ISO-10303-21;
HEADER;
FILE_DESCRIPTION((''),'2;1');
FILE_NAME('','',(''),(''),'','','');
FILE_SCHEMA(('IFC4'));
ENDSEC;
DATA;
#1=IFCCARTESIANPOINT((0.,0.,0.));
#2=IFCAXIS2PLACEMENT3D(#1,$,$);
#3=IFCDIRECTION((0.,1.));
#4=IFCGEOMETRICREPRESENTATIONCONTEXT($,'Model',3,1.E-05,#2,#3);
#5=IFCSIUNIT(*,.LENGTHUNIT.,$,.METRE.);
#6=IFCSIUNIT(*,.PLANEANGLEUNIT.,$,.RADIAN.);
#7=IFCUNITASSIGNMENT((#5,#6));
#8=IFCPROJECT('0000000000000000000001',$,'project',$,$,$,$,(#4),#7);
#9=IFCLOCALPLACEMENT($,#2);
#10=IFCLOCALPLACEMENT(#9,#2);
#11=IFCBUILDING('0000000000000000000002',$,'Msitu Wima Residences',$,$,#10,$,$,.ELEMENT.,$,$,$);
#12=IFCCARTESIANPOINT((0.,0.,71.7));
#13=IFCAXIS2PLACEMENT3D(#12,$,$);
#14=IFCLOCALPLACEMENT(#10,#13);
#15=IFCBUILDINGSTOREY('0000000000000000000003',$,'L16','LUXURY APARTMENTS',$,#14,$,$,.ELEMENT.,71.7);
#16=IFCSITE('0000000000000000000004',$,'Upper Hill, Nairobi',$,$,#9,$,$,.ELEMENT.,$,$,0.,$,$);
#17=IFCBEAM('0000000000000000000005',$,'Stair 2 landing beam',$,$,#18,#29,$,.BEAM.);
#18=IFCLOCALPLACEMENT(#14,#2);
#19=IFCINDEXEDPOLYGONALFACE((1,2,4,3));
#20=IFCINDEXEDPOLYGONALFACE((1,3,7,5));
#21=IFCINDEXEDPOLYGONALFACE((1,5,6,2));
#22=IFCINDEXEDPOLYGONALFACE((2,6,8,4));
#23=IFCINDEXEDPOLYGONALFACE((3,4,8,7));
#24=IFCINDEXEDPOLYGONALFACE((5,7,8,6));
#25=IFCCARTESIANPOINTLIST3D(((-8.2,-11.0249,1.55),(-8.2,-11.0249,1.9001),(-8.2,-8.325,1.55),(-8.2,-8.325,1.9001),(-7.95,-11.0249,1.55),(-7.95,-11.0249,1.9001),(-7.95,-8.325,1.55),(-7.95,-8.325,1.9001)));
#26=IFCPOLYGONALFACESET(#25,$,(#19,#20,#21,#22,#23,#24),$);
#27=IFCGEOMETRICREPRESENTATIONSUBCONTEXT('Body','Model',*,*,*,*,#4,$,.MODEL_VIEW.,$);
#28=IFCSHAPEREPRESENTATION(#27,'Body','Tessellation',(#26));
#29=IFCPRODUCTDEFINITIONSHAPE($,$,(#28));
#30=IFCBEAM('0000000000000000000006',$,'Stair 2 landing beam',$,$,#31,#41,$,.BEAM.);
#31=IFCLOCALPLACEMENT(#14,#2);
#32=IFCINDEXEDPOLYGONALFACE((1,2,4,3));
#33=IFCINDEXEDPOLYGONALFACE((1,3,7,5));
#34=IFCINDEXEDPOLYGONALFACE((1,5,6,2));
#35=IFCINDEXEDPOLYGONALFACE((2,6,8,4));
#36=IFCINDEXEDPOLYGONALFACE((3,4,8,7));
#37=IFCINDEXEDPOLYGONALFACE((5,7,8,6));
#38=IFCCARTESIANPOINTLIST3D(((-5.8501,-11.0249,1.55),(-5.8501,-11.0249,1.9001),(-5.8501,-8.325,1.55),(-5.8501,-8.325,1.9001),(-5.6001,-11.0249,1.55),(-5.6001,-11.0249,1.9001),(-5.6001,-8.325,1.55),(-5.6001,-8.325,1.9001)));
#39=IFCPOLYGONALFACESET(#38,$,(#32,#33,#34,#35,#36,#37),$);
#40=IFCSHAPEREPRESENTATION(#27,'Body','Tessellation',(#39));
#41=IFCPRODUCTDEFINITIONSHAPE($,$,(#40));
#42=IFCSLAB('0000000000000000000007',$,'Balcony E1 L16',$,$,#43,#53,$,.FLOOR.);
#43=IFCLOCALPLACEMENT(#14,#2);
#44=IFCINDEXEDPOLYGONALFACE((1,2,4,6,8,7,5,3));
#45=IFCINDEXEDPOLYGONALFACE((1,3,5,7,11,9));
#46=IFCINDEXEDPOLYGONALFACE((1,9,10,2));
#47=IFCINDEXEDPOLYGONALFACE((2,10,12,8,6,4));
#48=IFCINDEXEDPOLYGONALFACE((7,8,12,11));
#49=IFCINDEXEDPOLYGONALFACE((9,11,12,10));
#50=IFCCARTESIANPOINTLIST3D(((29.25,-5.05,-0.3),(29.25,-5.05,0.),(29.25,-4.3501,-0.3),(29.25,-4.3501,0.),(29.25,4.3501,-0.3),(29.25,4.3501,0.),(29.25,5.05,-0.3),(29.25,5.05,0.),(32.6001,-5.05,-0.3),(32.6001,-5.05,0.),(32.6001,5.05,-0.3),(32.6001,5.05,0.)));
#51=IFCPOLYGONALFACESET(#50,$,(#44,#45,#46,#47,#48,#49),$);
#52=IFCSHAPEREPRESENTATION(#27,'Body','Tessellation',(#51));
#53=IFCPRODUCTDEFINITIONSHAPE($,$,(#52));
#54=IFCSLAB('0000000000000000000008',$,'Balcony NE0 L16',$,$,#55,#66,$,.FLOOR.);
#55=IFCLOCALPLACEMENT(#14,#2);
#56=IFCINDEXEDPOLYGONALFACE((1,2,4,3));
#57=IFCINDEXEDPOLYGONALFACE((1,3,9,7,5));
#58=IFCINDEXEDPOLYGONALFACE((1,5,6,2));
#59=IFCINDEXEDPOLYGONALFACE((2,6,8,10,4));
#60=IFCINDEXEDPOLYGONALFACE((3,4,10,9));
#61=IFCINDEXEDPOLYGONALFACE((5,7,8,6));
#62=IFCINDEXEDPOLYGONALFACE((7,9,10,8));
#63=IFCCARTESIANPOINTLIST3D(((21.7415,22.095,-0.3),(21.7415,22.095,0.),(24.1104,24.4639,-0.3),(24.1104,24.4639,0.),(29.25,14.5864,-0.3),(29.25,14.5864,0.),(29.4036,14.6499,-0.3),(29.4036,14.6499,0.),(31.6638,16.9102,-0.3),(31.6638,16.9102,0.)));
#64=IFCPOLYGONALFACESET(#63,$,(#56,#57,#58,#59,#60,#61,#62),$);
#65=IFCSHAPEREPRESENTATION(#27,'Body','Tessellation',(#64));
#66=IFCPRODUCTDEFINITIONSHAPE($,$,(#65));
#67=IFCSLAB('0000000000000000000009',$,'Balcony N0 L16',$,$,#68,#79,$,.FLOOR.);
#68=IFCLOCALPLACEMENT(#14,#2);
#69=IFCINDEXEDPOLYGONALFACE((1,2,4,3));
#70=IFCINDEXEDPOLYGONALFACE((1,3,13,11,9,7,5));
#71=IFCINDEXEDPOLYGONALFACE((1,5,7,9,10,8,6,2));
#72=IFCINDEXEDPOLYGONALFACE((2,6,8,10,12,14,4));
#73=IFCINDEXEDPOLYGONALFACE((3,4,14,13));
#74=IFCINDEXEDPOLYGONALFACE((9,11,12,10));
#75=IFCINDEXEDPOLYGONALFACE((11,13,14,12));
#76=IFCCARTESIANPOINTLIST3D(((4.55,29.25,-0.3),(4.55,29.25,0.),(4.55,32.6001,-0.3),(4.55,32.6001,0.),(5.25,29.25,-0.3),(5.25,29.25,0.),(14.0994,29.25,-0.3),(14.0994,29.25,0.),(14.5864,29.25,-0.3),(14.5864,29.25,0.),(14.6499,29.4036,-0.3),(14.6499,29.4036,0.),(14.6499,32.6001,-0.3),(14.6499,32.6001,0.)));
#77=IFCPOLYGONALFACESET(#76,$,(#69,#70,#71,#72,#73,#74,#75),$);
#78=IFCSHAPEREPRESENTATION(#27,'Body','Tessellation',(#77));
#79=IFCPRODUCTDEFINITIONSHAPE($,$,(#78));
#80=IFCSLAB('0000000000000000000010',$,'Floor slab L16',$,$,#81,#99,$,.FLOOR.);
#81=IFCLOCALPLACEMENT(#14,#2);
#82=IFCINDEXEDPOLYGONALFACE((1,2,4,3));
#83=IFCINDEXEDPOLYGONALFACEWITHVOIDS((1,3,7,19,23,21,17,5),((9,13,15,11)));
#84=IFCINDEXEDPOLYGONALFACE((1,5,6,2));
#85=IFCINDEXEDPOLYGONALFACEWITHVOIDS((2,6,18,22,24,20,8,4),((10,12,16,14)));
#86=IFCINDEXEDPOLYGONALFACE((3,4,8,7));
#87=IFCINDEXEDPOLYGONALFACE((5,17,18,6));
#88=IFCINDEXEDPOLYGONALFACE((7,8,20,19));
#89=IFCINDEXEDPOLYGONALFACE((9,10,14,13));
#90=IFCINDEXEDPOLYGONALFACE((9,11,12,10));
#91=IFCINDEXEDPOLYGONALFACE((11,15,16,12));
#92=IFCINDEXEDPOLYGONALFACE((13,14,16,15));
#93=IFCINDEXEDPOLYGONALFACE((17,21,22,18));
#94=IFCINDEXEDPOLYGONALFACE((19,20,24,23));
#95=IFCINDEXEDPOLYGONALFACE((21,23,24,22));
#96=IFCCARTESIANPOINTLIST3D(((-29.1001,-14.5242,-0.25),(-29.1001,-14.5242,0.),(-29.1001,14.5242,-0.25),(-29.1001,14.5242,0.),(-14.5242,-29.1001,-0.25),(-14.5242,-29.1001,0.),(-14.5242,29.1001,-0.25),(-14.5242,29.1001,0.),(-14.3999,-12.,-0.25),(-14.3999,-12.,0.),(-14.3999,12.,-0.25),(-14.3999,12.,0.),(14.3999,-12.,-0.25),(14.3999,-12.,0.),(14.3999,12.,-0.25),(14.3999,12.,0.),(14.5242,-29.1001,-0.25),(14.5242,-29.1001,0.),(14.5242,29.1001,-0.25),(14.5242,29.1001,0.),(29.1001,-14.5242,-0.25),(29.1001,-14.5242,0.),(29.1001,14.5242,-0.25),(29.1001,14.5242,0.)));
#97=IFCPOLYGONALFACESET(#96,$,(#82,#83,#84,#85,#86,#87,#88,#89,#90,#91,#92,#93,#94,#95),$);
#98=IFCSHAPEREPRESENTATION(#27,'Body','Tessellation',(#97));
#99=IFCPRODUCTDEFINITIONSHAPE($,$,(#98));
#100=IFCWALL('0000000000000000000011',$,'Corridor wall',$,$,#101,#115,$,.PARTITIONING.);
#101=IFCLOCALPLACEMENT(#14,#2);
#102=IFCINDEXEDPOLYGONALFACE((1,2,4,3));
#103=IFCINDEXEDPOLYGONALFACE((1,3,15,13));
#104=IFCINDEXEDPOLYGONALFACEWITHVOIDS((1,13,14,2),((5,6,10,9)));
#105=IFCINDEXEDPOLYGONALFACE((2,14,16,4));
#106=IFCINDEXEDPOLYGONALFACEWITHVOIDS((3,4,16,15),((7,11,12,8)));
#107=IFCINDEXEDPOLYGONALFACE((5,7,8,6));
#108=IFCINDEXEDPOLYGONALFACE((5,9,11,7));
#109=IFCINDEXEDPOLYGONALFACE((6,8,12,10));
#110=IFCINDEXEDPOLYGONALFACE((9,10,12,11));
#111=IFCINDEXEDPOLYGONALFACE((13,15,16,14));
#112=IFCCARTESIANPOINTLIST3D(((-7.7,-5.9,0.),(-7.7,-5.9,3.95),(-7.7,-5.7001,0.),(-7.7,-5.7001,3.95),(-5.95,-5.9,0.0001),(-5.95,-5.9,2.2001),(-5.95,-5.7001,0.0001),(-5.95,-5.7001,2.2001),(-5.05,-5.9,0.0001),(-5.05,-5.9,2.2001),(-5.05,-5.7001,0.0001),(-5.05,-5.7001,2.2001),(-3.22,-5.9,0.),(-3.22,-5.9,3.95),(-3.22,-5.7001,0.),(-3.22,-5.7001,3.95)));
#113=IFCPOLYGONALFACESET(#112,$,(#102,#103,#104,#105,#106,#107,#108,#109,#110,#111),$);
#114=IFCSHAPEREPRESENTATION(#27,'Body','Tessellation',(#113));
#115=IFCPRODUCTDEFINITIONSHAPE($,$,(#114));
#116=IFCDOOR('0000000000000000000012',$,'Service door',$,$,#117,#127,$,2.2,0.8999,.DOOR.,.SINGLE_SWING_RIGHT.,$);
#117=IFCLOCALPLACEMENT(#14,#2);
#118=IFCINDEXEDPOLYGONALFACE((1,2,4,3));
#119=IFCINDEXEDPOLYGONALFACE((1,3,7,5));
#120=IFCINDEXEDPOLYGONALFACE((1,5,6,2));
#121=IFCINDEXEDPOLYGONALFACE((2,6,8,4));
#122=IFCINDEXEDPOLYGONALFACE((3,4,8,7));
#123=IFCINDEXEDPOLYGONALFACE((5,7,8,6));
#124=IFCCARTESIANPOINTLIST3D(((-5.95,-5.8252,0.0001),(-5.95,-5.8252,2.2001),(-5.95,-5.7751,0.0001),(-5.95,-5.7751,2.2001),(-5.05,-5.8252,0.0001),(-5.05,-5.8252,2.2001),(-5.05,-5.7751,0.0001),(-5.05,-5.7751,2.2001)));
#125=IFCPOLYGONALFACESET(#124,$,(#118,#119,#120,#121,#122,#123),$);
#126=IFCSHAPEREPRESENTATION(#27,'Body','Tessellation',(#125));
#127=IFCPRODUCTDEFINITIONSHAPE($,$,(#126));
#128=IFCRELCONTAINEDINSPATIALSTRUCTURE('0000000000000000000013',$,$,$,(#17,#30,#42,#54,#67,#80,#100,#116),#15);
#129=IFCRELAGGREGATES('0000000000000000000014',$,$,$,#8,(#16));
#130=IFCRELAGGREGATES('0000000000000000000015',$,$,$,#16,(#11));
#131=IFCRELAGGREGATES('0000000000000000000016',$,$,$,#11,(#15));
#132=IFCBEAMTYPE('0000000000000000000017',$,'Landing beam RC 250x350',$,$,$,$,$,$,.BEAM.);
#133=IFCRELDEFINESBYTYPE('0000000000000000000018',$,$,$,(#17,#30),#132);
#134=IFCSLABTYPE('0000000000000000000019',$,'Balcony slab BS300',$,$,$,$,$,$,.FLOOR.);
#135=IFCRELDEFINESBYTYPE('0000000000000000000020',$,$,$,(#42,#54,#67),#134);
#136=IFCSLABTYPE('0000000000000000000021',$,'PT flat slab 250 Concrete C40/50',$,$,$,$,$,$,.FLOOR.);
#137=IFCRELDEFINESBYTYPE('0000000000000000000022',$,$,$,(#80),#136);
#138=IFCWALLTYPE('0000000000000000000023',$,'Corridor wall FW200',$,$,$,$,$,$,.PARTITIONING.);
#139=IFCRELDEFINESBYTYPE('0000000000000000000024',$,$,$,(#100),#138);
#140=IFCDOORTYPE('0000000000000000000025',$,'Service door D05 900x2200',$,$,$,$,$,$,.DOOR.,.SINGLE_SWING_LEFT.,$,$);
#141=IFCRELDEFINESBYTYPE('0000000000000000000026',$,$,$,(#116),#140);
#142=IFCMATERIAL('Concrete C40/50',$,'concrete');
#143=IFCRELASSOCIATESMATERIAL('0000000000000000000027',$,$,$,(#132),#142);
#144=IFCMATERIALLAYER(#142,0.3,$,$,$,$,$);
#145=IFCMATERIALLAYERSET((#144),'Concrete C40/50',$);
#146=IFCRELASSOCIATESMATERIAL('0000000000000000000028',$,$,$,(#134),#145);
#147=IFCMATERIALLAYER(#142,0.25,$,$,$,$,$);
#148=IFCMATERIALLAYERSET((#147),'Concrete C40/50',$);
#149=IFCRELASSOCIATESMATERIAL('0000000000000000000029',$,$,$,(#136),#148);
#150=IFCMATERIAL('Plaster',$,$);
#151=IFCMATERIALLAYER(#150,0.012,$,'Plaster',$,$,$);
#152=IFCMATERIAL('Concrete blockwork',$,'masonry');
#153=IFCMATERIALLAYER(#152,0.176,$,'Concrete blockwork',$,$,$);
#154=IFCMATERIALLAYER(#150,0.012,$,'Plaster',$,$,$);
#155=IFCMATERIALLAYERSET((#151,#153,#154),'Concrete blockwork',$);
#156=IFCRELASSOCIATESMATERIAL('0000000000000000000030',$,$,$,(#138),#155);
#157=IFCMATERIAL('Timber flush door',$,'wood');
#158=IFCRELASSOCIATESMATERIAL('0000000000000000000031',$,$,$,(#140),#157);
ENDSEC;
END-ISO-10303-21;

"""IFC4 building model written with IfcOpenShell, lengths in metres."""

from ifc_helpers import new_model, si_unit, direction, frame, frame_2d, origin, origin_2d, place, context, subcontext, project, spatial, polyline, rectangle, outline, extrude, material, layer, layer_set, material_profile, profile_set, type_object, element, fill, save


model = new_model("IFC4")

# Units and contexts
model_context = context("Model", 3, precision=1e-05, world=origin(), true_north=direction((0.0, 1.0)))
body_context = subcontext(model_context, "Body", "Model", "MODEL_VIEW")
ifc_project = project(units=[si_unit("LENGTHUNIT", "METRE"), si_unit("PLANEANGLEUNIT", "RADIAN")], contexts=[model_context])

# Site, building, storey
site_placement = place(None, origin())
site = spatial("IfcSite", under=ifc_project, at=site_placement, Name="Upper Hill, Nairobi", CompositionType="ELEMENT", RefElevation=0.0)
building_placement = place(site_placement, origin())
building = spatial("IfcBuilding", under=site, at=building_placement, Name="Msitu Wima Residences", CompositionType="ELEMENT")
storey_placement = place(building_placement, frame((0.0, 0.0, 71.7)))
storey = spatial("IfcBuildingStorey", under=building, at=storey_placement, Name="L16", Description="LUXURY APARTMENTS", CompositionType="ELEMENT", Elevation=71.7)

# Beams
ifc_material_1 = material(Name="Concrete C40/50", Category="concrete")
ifc_material_profile = material_profile(ifc_material_1, rectangle(XDim=0.25, YDim=0.3501, at=origin_2d()), Name="RC 250x350")
ifc_profile_set = profile_set([ifc_material_profile], Name="Concrete C40/50")
beam_type = type_object("IfcBeamType", Name="Landing beam RC 250x350", PredefinedType="BEAM", material=ifc_profile_set)
for number, where, z_axis, x_axis, name in (
    (1, (-8.075, -11.0249, 1.7251), (0.0, 1.0, 0.0), (-1.0, 0.0, 0.0), "Stair 2 landing beam"),
    (2, (-5.7251, -11.0249, 1.7251), (0.0, 1.0, 0.0), (-1.0, 0.0, 0.0), "Stair 2 landing beam"),
):
    element("IfcBeam", number, at=place(storey_placement, frame(where, z_axis=z_axis, x_axis=x_axis)), inside=storey, type_object=beam_type, Name=name, PredefinedType="BEAM", context=body_context, shape_type="SweptSolid", body=[
        extrude(rectangle(XDim=0.25, YDim=0.3501, at=origin_2d()), origin(), (0.0, 0.0, 1.0), 2.7),
    ])

# Slabs
ifc_layer_1 = layer(ifc_material_1, 0.3)
ifc_layer_set_1 = layer_set([ifc_layer_1], Name="Concrete C40/50")
slab_type_1 = type_object("IfcSlabType", Name="Balcony slab BS300", PredefinedType="FLOOR", material=ifc_layer_set_1)
slab_1_placement = place(storey_placement, frame((0.0, 0.0, -0.3)))
element("IfcSlab", 3, at=slab_1_placement, inside=storey, type_object=slab_type_1, Name="Balcony E1 L16", PredefinedType="FLOOR", context=body_context, shape_type="SweptSolid", body=[
    extrude(outline(polyline([(29.25, -4.3501), (29.25, 4.3501), (29.25, 5.05), (32.6001, 5.05), (32.6001, -5.05), (29.25, -5.05), (29.25, -4.3501)])), origin(), (0.0, 0.0, 1.0), 0.3),
])
slab_2_placement = place(storey_placement, frame((0.0, 0.0, -0.3)))
element("IfcSlab", 4, at=slab_2_placement, inside=storey, type_object=slab_type_1, Name="Balcony NE0 L16", PredefinedType="FLOOR", context=body_context, shape_type="SweptSolid", body=[
    extrude(outline(polyline([(24.1104, 24.4639), (31.6638, 16.9102), (29.4036, 14.6499), (29.25, 14.5864), (21.7415, 22.095), (24.1104, 24.4639)])), origin(), (0.0, 0.0, 1.0), 0.3),
])
slab_3_placement = place(storey_placement, frame((0.0, 0.0, -0.3)))
element("IfcSlab", 5, at=slab_3_placement, inside=storey, type_object=slab_type_1, Name="Balcony N0 L16", PredefinedType="FLOOR", context=body_context, shape_type="SweptSolid", body=[
    extrude(outline(polyline([(14.0994, 29.25), (14.0994, 29.25), (5.25, 29.25), (4.55, 29.25), (4.55, 32.6001), (14.6499, 32.6001), (14.6499, 29.4036), (14.5864, 29.25), (14.0994, 29.25), (14.0994, 29.25)])), origin(), (0.0, 0.0, 1.0), 0.3),
])
ifc_layer_2 = layer(ifc_material_1, 0.25)
ifc_layer_set_2 = layer_set([ifc_layer_2], Name="Concrete C40/50")
slab_type_2 = type_object("IfcSlabType", Name="PT flat slab 250 Concrete C40/50", PredefinedType="FLOOR", material=ifc_layer_set_2)
slab_4_placement = place(storey_placement, frame((0.0, 0.0, -0.25)))
element("IfcSlab", 6, at=slab_4_placement, inside=storey, type_object=slab_type_2, Name="Floor slab L16", PredefinedType="FLOOR", context=body_context, shape_type="SweptSolid", body=[
    extrude(outline(polyline([(29.1001, -14.5242), (14.5242, -29.1001), (-14.5242, -29.1001), (-29.1001, -14.5242), (-29.1001, 14.5242), (-14.5242, 29.1001), (14.5242, 29.1001), (29.1001, 14.5242), (29.1001, -14.5242)]), holes=[polyline([(-14.3999, -12.0), (14.3999, -12.0), (14.3999, 12.0), (-14.3999, 12.0), (-14.3999, -12.0)])]), origin(), (0.0, 0.0, 1.0), 0.25),
])

# Wall, opening, door
ifc_material_2 = material(Name="Plaster")
ifc_layer_3 = layer(ifc_material_2, 0.012, Name="Plaster")
ifc_material_3 = material(Name="Concrete blockwork", Category="masonry")
ifc_layer_4 = layer(ifc_material_3, 0.176, Name="Concrete blockwork")
ifc_layer_5 = layer(ifc_material_2, 0.012, Name="Plaster")
ifc_layer_set_3 = layer_set([ifc_layer_3, ifc_layer_4, ifc_layer_5], Name="Concrete blockwork")
wall_type_1 = type_object("IfcWallType", Name="Corridor wall FW200", PredefinedType="PARTITIONING", material=ifc_layer_set_3)
wall_1_placement = place(storey_placement, frame((-7.7, -5.8, 0.0), z_axis=(0.0, 0.0, 1.0), x_axis=(1.0, 0.0, 0.0)))
wall_1 = element("IfcWall", 7, at=wall_1_placement, inside=storey, type_object=wall_type_1, Name="Corridor wall", PredefinedType="PARTITIONING", context=body_context, shape_type="SweptSolid", body=[
    extrude(rectangle(XDim=4.48, YDim=0.2, at=frame_2d((2.24, 0.0))), origin(), (0.0, 0.0, 1.0), 3.95),
])
opening_1_placement = place(wall_1_placement, frame((1.75, 0.0, 0.0)))
opening_1 = element("IfcOpeningElement", 8, at=opening_1_placement, cuts=wall_1, PredefinedType="OPENING", context=body_context, shape_type="SweptSolid", body=[
    extrude(rectangle(XDim=0.8999, YDim=2.2, at=frame_2d((0.45, 1.1001))), frame((0.0, 0.1099, 0.0), z_axis=(0.0, -1.0, 0.0), x_axis=(1.0, 0.0, 0.0)), (0.0, 0.0, 1.0), 0.22),
])
ifc_material_4 = material(Name="Timber flush door", Category="wood")
door_type_1 = type_object("IfcDoorType", Name="Service door D05 900x2200", OperationType="SINGLE_SWING_LEFT", PredefinedType="DOOR", material=ifc_material_4)
door_1_placement = place(opening_1_placement, origin())
door_1 = element("IfcDoor", 9, at=door_1_placement, inside=storey, type_object=door_type_1, Name="Service door", OperationType="SINGLE_SWING_RIGHT", OverallHeight=2.2, OverallWidth=0.8999, PredefinedType="DOOR", context=body_context, shape_type="SweptSolid", body=[
    extrude(rectangle(XDim=0.8999, YDim=2.2, at=frame_2d((0.45, 1.1001))), frame((0.0, 0.0249, 0.0), z_axis=(0.0, -1.0, 0.0), x_axis=(1.0, 0.0, 0.0)), (0.0, 0.0, 1.0), 0.05),
])
fill(opening_1, door_1)

save(model, "model.ifc")
